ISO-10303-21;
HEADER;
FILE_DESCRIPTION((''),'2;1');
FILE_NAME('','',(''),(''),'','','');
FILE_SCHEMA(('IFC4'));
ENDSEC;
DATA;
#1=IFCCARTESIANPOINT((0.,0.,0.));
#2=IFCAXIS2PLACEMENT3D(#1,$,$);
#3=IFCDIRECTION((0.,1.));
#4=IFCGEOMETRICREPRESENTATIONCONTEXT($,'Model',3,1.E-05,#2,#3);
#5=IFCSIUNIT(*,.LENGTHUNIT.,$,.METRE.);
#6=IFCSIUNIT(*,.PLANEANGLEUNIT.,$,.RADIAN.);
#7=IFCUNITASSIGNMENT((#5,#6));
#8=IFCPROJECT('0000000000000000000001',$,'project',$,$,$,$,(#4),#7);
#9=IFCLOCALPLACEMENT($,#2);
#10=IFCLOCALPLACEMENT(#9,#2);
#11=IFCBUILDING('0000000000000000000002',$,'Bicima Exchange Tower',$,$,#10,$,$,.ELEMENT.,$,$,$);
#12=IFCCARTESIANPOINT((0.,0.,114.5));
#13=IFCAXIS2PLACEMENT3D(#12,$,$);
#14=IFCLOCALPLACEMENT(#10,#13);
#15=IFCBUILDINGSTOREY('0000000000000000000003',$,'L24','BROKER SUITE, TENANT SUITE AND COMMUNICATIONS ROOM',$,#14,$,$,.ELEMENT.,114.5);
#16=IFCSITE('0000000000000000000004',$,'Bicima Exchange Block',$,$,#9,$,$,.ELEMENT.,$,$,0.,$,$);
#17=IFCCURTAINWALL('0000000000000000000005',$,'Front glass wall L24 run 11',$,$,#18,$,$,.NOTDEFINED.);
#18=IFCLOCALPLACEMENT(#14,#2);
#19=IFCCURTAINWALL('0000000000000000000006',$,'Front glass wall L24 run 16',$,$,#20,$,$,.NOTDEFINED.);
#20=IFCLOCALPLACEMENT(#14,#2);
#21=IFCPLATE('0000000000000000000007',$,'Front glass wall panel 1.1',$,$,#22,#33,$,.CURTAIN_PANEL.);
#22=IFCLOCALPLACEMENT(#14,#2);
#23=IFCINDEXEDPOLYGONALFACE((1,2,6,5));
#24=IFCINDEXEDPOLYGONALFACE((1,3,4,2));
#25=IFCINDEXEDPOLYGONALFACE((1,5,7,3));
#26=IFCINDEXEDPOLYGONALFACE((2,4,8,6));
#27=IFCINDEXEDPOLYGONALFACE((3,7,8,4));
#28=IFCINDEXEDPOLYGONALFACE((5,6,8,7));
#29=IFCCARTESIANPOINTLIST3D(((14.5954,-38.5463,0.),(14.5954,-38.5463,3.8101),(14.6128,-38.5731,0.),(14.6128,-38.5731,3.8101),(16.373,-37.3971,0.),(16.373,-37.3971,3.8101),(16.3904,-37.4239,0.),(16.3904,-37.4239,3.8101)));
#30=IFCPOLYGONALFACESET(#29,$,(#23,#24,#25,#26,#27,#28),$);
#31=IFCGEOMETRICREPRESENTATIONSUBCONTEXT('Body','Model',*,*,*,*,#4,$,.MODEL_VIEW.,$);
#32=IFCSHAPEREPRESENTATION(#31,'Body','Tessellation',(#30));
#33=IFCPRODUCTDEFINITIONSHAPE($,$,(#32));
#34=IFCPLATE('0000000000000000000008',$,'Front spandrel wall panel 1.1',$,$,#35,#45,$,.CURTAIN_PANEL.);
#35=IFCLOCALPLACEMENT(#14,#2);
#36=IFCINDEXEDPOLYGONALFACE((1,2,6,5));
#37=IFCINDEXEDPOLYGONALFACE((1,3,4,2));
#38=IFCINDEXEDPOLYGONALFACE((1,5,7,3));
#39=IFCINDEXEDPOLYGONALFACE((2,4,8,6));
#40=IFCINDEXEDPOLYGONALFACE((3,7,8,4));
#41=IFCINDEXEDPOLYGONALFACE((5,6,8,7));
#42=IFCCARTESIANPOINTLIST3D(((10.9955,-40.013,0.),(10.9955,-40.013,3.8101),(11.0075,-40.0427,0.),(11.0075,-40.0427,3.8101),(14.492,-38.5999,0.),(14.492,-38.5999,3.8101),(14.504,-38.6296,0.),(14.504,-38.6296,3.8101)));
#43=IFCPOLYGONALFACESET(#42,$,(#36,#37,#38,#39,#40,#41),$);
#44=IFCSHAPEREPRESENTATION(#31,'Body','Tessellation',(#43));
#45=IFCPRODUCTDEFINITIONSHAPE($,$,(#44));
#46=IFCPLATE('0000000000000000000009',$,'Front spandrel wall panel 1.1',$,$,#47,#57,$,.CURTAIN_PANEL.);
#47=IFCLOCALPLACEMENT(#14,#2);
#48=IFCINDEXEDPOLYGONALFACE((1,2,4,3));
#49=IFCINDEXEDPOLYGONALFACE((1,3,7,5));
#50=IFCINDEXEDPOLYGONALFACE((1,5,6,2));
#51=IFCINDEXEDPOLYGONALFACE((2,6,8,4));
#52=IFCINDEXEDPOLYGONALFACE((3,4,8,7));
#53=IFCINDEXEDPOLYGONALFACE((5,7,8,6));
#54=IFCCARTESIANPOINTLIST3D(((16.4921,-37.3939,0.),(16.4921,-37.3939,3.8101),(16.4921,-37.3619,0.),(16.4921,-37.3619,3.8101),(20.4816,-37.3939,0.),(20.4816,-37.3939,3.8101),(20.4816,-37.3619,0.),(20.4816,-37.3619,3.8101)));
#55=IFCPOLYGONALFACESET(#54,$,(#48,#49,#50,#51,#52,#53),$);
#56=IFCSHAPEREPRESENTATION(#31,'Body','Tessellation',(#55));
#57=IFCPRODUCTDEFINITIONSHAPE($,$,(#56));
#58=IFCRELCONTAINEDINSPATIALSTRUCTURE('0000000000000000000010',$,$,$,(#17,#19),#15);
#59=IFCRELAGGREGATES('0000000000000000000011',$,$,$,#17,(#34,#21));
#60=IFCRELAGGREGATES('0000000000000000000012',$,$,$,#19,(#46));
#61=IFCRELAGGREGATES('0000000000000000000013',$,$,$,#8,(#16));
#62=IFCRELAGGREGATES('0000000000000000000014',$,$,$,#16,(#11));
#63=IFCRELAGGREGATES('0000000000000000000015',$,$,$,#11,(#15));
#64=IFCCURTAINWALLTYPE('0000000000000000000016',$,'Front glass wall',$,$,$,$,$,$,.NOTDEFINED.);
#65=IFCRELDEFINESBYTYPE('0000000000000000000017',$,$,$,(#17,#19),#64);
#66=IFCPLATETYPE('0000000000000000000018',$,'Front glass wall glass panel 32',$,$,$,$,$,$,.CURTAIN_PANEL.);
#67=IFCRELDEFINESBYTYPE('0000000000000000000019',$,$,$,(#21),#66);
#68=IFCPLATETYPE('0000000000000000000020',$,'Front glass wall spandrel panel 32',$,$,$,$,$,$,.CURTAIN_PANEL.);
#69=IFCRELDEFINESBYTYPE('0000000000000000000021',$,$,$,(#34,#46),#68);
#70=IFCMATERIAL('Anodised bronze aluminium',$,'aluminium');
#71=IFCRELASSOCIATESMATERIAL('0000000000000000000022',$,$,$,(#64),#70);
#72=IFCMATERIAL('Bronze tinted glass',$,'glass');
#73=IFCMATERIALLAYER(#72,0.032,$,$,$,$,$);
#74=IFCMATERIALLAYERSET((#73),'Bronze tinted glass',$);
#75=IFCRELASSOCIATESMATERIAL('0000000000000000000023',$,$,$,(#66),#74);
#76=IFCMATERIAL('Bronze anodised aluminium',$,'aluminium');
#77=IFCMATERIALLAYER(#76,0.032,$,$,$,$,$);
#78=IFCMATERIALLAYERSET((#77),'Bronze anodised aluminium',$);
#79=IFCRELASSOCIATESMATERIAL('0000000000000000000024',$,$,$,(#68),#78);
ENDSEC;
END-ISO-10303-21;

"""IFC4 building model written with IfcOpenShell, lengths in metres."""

from ifc_helpers import new_model, si_unit, direction, frame, origin, origin_2d, place, context, subcontext, project, spatial, rectangle, extrude, material, layer, layer_set, type_object, element, aggregate, save


model = new_model("IFC4")

# Units and contexts
model_context = context("Model", 3, precision=1e-05, world=origin(), true_north=direction((0.0, 1.0)))
body_context = subcontext(model_context, "Body", "Model", "MODEL_VIEW")
ifc_project = project(units=[si_unit("LENGTHUNIT", "METRE"), si_unit("PLANEANGLEUNIT", "RADIAN")], contexts=[model_context])

# Site, building, storey
site_placement = place(None, origin())
site = spatial("IfcSite", under=ifc_project, at=site_placement, Name="Bicima Exchange Block", CompositionType="ELEMENT", RefElevation=0.0)
building_placement = place(site_placement, origin())
building = spatial("IfcBuilding", under=site, at=building_placement, Name="Bicima Exchange Tower", CompositionType="ELEMENT")
storey_placement = place(building_placement, frame((0.0, 0.0, 114.5)))
storey = spatial("IfcBuildingStorey", under=building, at=storey_placement, Name="L24", Description="BROKER SUITE, TENANT SUITE AND COMMUNICATIONS ROOM", CompositionType="ELEMENT", Elevation=114.5)

# Curtain walls
ifc_material_1 = material(Name="Anodised bronze aluminium", Category="aluminium")
curtain_wall_type = type_object("IfcCurtainWallType", Name="Front glass wall", PredefinedType="NOTDEFINED", material=ifc_material_1)
curtain_wall_1_placement = place(storey_placement, origin())
curtain_wall_1 = element("IfcCurtainWall", 1, at=curtain_wall_1_placement, inside=storey, type_object=curtain_wall_type, Name="Front glass wall L24 run 11", PredefinedType="NOTDEFINED")
curtain_wall_2_placement = place(storey_placement, origin())
curtain_wall_2 = element("IfcCurtainWall", 2, at=curtain_wall_2_placement, inside=storey, type_object=curtain_wall_type, Name="Front glass wall L24 run 16", PredefinedType="NOTDEFINED")

# Plates
ifc_material_2 = material(Name="Bronze tinted glass", Category="glass")
ifc_layer_1 = layer(ifc_material_2, 0.032)
ifc_layer_set_1 = layer_set([ifc_layer_1], Name="Bronze tinted glass")
plate_type_1 = type_object("IfcPlateType", Name="Front glass wall glass panel 32", PredefinedType="CURTAIN_PANEL", material=ifc_layer_set_1)
plate_1_placement = place(storey_placement, frame((15.4929, -37.9851, 0.0), z_axis=(0.0, 0.0, 1.0), x_axis=(0.839791, 0.542909, 0.0)))
plate_1 = element("IfcPlate", 3, at=plate_1_placement, type_object=plate_type_1, Name="Front glass wall panel 1.1", PredefinedType="CURTAIN_PANEL", context=body_context, shape_type="SweptSolid", body=[
    extrude(rectangle(XDim=2.1167, YDim=0.032, at=origin_2d()), origin(), (0.0, 0.0, 1.0), 3.8101),
])
ifc_material_3 = material(Name="Bronze anodised aluminium", Category="aluminium")
ifc_layer_2 = layer(ifc_material_3, 0.032)
ifc_layer_set_2 = layer_set([ifc_layer_2], Name="Bronze anodised aluminium")
plate_type_2 = type_object("IfcPlateType", Name="Front glass wall spandrel panel 32", PredefinedType="CURTAIN_PANEL", material=ifc_layer_set_2)
plate_2_placement = place(storey_placement, frame((12.7498, -39.3213, 0.0), z_axis=(0.0, 0.0, 1.0), x_axis=(0.927144, 0.374705, 0.0)))
plate_2 = element("IfcPlate", 4, at=plate_2_placement, type_object=plate_type_2, Name="Front spandrel wall panel 1.1", PredefinedType="CURTAIN_PANEL", context=body_context, shape_type="SweptSolid", body=[
    extrude(rectangle(XDim=3.7712, YDim=0.032, at=origin_2d()), origin(), (0.0, 0.0, 1.0), 3.8101),
])
aggregate(curtain_wall_1, [plate_2, plate_1])
plate_3_placement = place(storey_placement, frame((18.4868, -37.3779, 0.0), z_axis=(0.0, 0.0, 1.0), x_axis=(1.0, 0.0, 0.0)))
plate_3 = element("IfcPlate", 5, at=plate_3_placement, type_object=plate_type_2, Name="Front spandrel wall panel 1.1", PredefinedType="CURTAIN_PANEL", context=body_context, shape_type="SweptSolid", body=[
    extrude(rectangle(XDim=3.9895, YDim=0.032, at=origin_2d()), origin(), (0.0, 0.0, 1.0), 3.8101),
])
aggregate(curtain_wall_2, [plate_3])

save(model, "model.ifc")
